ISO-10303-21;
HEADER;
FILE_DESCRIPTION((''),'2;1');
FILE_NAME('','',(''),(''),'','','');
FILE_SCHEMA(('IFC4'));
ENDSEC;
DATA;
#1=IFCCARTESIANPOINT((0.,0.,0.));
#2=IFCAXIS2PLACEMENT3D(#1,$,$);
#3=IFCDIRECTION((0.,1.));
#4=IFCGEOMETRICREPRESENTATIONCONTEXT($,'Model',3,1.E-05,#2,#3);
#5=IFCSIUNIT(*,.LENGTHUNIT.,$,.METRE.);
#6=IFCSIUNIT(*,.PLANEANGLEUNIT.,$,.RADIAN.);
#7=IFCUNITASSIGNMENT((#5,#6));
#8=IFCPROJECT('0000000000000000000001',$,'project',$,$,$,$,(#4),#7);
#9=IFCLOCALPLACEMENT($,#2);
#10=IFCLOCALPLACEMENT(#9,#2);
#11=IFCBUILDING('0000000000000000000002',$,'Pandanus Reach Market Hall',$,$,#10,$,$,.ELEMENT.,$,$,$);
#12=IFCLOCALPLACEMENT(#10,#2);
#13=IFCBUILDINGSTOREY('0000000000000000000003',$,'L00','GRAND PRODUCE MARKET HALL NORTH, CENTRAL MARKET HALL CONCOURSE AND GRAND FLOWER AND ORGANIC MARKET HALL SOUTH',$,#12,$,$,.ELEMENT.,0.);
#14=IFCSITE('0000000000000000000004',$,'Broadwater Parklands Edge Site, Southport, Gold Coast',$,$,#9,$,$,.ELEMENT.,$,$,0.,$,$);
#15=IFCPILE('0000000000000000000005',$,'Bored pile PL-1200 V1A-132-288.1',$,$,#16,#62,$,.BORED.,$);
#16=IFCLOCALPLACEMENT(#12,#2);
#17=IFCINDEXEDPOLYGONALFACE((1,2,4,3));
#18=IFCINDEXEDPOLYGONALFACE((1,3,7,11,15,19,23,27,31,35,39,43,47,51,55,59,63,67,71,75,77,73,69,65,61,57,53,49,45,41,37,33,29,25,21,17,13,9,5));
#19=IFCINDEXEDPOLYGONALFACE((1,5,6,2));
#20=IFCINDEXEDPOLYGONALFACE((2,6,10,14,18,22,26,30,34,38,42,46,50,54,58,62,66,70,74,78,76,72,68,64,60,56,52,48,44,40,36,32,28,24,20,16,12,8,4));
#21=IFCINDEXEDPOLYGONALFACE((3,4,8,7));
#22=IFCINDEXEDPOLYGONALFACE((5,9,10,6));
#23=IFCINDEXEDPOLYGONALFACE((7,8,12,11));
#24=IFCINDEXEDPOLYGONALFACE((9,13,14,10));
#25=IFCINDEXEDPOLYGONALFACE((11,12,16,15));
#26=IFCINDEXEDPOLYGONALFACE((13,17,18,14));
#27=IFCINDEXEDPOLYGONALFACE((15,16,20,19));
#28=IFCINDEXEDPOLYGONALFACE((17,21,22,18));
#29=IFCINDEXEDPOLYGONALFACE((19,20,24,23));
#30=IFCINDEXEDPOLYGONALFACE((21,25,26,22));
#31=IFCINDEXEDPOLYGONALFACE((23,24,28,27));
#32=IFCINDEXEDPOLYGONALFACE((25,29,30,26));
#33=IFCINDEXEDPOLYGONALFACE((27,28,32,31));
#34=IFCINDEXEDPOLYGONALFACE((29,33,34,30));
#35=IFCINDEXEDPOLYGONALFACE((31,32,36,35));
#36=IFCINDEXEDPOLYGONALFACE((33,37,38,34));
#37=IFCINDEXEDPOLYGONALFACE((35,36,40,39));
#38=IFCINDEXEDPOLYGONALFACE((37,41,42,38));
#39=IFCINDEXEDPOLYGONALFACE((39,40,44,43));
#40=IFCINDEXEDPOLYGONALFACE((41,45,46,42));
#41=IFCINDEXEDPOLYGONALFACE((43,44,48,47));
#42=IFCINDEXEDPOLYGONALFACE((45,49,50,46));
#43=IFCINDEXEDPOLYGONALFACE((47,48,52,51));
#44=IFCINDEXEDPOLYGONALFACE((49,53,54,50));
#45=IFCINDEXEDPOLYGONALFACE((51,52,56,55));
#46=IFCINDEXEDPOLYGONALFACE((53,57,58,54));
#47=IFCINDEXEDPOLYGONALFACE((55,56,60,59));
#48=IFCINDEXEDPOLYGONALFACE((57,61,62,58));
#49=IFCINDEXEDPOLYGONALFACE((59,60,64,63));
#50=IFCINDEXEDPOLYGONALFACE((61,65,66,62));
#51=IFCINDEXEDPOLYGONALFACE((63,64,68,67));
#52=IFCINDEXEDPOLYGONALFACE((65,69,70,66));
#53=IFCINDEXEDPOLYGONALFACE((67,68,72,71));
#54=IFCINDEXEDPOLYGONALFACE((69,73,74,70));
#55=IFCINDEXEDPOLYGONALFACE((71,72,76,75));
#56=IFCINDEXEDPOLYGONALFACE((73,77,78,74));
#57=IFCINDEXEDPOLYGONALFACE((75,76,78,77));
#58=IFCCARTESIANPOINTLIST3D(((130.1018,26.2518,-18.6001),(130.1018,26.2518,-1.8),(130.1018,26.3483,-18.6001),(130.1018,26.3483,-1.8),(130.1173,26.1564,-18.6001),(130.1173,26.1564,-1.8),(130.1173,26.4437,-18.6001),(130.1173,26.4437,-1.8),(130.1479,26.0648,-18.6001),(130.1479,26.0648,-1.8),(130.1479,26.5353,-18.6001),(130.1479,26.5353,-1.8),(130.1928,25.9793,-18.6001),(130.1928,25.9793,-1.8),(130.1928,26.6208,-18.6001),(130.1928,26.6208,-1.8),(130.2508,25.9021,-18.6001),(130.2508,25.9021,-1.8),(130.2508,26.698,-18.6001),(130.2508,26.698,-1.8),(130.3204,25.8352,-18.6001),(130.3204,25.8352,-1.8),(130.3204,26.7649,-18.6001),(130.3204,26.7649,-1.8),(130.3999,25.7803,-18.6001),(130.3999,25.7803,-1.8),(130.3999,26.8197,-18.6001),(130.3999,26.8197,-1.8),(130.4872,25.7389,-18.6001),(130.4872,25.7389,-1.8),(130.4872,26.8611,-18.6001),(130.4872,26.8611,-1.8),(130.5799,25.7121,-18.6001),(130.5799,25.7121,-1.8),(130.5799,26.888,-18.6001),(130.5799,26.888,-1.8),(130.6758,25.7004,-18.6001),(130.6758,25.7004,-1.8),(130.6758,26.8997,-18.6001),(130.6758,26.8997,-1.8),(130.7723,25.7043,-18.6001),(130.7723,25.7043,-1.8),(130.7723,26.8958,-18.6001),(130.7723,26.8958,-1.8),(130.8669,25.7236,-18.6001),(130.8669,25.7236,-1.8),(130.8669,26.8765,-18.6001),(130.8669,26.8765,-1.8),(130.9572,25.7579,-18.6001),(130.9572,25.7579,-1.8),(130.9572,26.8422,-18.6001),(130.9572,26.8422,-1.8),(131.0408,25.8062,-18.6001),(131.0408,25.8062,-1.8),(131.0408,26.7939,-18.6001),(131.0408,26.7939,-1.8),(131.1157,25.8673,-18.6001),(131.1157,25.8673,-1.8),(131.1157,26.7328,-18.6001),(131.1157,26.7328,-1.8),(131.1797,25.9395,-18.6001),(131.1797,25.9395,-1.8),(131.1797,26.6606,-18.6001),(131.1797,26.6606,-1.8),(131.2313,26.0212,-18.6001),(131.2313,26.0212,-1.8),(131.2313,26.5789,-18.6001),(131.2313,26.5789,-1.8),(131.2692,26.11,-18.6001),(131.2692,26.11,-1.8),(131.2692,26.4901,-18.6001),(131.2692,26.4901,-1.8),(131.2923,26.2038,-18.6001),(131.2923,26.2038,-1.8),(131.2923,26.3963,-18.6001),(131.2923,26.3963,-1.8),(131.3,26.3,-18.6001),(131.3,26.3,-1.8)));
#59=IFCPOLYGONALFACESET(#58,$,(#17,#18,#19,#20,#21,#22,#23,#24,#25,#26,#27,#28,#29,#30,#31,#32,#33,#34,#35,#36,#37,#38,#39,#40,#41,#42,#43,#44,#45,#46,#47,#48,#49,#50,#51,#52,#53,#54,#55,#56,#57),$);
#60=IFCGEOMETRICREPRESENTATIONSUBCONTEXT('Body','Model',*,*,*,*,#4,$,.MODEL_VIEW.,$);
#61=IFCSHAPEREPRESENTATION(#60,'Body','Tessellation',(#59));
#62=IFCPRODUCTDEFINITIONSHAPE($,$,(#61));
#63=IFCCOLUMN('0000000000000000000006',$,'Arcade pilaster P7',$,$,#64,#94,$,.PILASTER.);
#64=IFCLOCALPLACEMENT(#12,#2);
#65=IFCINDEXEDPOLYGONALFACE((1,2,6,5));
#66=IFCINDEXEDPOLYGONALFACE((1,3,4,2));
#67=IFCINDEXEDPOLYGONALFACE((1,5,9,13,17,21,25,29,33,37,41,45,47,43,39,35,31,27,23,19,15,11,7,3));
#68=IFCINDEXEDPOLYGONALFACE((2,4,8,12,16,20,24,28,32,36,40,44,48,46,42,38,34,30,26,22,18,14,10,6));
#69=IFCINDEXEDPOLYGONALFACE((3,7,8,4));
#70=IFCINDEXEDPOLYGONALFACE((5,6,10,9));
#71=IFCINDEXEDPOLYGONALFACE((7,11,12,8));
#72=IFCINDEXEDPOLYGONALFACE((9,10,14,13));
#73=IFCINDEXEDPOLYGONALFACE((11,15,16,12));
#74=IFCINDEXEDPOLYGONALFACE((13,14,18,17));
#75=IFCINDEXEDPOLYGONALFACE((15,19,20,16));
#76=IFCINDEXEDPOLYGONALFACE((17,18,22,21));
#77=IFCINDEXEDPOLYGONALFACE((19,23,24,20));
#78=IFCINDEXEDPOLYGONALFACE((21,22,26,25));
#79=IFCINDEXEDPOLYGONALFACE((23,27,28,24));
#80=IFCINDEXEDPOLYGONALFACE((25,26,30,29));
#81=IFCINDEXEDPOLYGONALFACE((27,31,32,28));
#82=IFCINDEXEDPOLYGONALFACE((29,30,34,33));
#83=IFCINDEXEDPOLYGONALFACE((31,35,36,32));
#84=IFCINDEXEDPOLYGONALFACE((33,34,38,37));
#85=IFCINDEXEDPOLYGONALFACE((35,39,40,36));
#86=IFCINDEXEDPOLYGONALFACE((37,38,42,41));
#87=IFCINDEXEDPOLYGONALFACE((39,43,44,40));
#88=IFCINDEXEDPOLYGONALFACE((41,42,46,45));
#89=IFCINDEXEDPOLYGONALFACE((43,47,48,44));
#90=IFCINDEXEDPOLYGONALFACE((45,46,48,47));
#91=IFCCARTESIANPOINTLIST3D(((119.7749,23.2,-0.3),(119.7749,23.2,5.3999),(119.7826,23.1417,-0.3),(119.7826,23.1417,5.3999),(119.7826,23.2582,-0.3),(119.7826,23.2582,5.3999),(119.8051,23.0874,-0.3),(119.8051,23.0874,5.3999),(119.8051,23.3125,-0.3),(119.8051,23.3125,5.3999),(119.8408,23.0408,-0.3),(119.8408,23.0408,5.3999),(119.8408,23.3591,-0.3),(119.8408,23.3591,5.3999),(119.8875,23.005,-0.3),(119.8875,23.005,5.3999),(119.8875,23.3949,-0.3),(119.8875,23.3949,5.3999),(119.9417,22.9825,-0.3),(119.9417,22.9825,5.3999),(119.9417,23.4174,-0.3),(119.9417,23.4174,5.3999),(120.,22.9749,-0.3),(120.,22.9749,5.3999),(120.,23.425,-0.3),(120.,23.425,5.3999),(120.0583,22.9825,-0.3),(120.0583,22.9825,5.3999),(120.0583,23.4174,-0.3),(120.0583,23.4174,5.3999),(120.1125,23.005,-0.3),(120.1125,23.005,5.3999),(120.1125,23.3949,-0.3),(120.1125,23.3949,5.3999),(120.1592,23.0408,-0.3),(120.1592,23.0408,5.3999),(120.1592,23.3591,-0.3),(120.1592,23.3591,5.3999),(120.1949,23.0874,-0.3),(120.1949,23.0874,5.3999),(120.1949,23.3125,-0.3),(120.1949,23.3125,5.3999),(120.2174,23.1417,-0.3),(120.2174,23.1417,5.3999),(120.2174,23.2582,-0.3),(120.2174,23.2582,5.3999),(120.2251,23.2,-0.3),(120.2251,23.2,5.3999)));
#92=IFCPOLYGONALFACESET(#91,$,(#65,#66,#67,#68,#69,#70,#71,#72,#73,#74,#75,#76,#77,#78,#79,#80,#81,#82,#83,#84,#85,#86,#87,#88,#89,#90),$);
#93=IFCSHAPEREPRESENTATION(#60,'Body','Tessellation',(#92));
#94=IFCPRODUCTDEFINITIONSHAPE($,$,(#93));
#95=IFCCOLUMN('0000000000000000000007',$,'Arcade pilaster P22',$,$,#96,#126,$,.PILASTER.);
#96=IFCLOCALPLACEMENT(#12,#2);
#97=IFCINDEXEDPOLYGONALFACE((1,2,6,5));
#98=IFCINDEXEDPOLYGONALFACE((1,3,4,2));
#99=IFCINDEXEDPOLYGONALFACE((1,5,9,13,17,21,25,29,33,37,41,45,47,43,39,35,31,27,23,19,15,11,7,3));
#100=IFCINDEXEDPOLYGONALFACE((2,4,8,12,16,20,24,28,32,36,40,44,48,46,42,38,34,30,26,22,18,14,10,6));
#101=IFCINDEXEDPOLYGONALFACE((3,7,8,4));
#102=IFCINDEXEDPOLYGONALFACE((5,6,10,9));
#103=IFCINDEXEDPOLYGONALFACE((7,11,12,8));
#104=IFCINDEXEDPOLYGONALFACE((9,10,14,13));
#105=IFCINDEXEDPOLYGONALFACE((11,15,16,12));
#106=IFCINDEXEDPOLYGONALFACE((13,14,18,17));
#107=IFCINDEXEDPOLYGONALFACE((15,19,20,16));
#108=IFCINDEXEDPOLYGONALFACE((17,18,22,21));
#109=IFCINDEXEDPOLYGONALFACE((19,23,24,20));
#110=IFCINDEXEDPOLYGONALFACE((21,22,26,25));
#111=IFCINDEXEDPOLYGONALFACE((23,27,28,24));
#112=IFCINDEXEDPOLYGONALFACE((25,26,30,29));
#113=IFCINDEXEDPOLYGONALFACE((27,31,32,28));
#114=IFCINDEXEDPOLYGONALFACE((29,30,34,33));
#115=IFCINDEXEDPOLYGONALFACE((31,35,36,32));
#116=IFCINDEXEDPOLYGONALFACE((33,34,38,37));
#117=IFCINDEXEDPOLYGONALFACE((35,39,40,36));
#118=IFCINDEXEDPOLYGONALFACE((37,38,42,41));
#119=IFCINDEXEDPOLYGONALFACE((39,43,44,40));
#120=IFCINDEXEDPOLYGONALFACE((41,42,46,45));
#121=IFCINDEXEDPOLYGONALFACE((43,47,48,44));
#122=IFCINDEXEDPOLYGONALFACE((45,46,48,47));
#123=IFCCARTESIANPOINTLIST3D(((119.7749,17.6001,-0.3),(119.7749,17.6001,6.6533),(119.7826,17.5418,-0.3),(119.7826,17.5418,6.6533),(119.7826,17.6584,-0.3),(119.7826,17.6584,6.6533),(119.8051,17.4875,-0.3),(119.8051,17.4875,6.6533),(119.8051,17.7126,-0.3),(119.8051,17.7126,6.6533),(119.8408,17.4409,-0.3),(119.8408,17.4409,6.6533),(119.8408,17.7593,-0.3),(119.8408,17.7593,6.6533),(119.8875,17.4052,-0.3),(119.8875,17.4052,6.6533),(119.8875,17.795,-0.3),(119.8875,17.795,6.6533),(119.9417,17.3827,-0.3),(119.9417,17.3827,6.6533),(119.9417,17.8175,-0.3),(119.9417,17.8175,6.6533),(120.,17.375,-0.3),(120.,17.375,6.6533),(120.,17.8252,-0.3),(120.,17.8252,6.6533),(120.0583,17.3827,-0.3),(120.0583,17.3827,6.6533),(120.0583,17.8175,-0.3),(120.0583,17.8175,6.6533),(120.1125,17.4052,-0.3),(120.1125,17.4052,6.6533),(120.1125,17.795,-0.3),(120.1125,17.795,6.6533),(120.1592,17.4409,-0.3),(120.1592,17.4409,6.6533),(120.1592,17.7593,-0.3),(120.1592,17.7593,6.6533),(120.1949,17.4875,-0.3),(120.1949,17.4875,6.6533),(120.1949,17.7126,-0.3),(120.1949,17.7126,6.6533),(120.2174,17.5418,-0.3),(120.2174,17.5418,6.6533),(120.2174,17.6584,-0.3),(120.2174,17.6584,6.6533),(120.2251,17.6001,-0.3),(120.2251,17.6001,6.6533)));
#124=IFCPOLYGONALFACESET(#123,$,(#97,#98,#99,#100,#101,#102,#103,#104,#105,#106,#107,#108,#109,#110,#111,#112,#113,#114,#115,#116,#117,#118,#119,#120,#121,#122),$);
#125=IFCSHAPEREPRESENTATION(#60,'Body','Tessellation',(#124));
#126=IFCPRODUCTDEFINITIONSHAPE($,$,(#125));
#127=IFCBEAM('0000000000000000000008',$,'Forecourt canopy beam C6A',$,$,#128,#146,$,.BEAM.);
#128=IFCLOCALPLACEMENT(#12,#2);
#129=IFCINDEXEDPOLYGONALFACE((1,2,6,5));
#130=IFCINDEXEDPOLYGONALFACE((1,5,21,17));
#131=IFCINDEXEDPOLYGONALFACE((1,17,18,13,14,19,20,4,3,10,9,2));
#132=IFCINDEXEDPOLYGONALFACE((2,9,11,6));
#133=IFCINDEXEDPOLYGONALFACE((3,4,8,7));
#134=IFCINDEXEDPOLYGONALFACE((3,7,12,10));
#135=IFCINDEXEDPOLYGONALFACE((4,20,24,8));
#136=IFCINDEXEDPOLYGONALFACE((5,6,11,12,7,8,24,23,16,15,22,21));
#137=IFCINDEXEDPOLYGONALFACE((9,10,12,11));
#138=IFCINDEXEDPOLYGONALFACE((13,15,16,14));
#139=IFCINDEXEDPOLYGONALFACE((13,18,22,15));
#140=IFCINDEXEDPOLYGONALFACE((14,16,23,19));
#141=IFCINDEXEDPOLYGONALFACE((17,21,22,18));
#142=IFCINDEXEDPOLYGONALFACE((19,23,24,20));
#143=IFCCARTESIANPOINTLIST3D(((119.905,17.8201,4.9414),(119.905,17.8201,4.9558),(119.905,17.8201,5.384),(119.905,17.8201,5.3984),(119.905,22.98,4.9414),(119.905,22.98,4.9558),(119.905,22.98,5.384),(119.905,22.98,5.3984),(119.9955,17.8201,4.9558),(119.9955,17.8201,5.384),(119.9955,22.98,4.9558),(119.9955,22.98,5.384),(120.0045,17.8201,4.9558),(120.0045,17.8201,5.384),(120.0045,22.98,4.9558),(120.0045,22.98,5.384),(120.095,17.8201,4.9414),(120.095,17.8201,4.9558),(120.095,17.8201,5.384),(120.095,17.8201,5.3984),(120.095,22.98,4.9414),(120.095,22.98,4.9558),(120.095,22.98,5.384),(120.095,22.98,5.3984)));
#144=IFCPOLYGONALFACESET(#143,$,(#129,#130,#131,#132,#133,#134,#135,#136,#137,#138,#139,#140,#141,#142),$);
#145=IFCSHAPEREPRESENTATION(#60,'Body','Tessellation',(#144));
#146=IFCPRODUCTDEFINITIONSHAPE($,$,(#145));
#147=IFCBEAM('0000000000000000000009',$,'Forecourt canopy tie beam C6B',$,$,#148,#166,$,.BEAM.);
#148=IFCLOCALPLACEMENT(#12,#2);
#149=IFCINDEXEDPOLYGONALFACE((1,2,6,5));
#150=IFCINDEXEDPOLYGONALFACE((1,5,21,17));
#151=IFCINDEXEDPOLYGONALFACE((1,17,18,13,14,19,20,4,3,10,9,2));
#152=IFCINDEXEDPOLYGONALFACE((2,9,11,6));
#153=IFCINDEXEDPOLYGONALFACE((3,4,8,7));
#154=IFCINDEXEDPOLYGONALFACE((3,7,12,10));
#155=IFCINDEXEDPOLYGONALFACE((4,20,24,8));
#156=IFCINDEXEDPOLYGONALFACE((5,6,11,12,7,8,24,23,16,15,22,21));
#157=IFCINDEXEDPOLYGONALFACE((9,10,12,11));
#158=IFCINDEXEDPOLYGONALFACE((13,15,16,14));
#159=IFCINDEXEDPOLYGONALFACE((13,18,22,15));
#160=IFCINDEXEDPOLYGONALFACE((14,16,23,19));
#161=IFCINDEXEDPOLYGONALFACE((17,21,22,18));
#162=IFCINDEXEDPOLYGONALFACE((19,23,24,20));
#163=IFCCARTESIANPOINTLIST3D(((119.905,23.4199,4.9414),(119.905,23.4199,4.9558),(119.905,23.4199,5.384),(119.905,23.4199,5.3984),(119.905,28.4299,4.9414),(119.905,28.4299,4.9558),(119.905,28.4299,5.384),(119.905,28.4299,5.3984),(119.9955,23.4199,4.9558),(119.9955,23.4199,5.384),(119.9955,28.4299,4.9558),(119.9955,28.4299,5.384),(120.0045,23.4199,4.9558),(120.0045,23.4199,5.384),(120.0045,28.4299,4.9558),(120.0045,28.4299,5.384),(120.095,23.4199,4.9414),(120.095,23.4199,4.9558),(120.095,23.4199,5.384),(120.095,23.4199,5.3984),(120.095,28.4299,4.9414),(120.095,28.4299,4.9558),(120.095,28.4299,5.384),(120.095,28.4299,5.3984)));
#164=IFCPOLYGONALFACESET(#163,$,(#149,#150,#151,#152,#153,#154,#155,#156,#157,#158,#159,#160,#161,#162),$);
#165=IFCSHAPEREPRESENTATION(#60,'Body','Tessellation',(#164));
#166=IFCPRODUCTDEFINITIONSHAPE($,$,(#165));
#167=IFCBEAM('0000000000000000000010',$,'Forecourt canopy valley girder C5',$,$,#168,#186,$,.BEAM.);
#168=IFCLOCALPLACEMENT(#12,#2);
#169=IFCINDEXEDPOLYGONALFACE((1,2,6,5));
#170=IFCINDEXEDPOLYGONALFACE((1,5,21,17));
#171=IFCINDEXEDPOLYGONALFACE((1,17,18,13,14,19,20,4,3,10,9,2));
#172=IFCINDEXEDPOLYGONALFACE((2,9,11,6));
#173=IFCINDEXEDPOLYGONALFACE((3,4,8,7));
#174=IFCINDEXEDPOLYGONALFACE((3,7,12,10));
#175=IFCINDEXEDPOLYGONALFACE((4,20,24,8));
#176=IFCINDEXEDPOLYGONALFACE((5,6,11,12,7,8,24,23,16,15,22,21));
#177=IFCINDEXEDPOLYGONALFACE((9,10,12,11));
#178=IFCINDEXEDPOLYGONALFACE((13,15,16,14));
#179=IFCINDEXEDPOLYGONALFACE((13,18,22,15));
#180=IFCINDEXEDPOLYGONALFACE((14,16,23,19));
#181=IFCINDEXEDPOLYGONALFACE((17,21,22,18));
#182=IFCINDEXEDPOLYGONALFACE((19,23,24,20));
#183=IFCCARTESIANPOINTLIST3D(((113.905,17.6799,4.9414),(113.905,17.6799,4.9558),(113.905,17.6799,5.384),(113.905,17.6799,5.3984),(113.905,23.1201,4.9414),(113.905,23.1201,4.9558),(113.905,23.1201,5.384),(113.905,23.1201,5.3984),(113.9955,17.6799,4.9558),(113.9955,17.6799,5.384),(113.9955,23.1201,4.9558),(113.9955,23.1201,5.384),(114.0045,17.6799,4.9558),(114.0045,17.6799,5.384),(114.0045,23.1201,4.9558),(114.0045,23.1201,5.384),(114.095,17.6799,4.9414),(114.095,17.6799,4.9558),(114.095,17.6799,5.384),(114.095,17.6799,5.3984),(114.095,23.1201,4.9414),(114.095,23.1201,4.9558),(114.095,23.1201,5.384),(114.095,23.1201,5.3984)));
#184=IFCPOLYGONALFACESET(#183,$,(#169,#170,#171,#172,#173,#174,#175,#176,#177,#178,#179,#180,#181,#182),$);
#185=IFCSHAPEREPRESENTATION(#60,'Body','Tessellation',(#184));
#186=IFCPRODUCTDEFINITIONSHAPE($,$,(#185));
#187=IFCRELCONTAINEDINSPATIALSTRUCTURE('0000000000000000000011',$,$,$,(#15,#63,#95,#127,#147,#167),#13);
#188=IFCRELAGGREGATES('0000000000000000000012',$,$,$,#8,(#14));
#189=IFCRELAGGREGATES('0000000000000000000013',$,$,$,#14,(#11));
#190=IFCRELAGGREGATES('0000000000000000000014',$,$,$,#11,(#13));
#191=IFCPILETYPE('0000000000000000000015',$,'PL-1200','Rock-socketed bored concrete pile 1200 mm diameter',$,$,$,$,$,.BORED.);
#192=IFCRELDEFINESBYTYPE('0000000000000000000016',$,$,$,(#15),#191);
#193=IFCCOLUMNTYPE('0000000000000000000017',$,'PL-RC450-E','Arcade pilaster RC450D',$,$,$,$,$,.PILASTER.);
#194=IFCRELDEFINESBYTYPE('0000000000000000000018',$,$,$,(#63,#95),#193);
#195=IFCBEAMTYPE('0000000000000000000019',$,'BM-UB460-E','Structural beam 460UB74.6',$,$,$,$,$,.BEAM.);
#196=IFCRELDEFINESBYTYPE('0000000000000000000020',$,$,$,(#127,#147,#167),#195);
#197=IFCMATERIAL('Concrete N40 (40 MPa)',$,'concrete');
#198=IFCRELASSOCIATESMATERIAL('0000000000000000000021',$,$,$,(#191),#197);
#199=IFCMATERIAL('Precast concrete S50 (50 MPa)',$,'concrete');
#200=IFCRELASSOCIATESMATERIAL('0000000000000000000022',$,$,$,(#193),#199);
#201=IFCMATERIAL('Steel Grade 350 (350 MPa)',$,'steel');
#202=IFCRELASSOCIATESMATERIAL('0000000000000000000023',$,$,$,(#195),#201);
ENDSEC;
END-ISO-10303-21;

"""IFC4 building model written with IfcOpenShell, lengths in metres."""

from ifc_helpers import new_model, si_unit, direction, frame, origin, origin_2d, place, context, subcontext, project, spatial, circle, i_section, extrude, material, material_profile, profile_set, type_object, element, save


model = new_model("IFC4")

# Units and contexts
model_context = context("Model", 3, precision=1e-05, world=origin(), true_north=direction((0.0, 1.0)))
body_context = subcontext(model_context, "Body", "Model", "MODEL_VIEW")
ifc_project = project(units=[si_unit("LENGTHUNIT", "METRE"), si_unit("PLANEANGLEUNIT", "RADIAN")], contexts=[model_context])

# Site, building, storey
site_placement = place(None, origin())
site = spatial("IfcSite", under=ifc_project, at=site_placement, Name="Broadwater Parklands Edge Site, Southport, Gold Coast", CompositionType="ELEMENT", RefElevation=0.0)
building_placement = place(site_placement, origin())
building = spatial("IfcBuilding", under=site, at=building_placement, Name="Pandanus Reach Market Hall", CompositionType="ELEMENT")
storey_placement = place(building_placement, origin())
storey = spatial("IfcBuildingStorey", under=building, at=storey_placement, Name="L00", Description="GRAND PRODUCE MARKET HALL NORTH, CENTRAL MARKET HALL CONCOURSE AND GRAND FLOWER AND ORGANIC MARKET HALL SOUTH", CompositionType="ELEMENT", Elevation=0.0)

# Shared definitions
ifc_material_1 = material(Name="Concrete N40 (40 MPa)", Category="concrete")

# Pile
ifc_material_profile_1 = material_profile(ifc_material_1, circle(Radius=0.6001, at=origin_2d()), Name="PILE-1200D", Category="LoadBearing")
ifc_profile_set_1 = profile_set([ifc_material_profile_1], Name="Concrete N40 (40 MPa)")
pile_type = type_object("IfcPileType", Name="PL-1200", Description="Rock-socketed bored concrete pile 1200 mm diameter", PredefinedType="BORED", material=ifc_profile_set_1)
for number, where, z_axis, x_axis, name in (
    (1, (130.7, 26.3, -1.8), (0.0, 0.0, -1.0), (1.0, 0.0, 0.0), "Bored pile PL-1200 V1A-132-288.1"),
):
    element("IfcPile", number, at=place(storey_placement, frame(where, z_axis=z_axis, x_axis=x_axis)), inside=storey, type_object=pile_type, Name=name, PredefinedType="BORED", context=body_context, shape_type="SweptSolid", body=[
        extrude(circle(Radius=0.6001, at=origin_2d()), origin(), (0.0, 0.0, 1.0), 16.8),
    ])

# Columns
ifc_material_2 = material(Name="Precast concrete S50 (50 MPa)", Category="concrete")
ifc_material_profile_2 = material_profile(ifc_material_2, circle(Radius=0.2251, at=origin_2d()), Name="RC450D", Category="LoadBearing")
ifc_profile_set_2 = profile_set([ifc_material_profile_2], Name="Precast concrete S50 (50 MPa)")
column_type = type_object("IfcColumnType", Name="PL-RC450-E", Description="Arcade pilaster RC450D", PredefinedType="PILASTER", material=ifc_profile_set_2)
column_1_placement = place(storey_placement, frame((120.0, 23.2, -0.3), z_axis=(0.0, 0.0, 1.0), x_axis=(1.0, 0.0, 0.0)))
element("IfcColumn", 2, at=column_1_placement, inside=storey, type_object=column_type, Name="Arcade pilaster P7", PredefinedType="PILASTER", context=body_context, shape_type="SweptSolid", body=[
    extrude(circle(Radius=0.2251, at=origin_2d()), origin(), (0.0, 0.0, 1.0), 5.7),
])
column_2_placement = place(storey_placement, frame((120.0, 17.6001, -0.3), z_axis=(0.0, 0.0, 1.0), x_axis=(1.0, 0.0, 0.0)))
element("IfcColumn", 3, at=column_2_placement, inside=storey, type_object=column_type, Name="Arcade pilaster P22", PredefinedType="PILASTER", context=body_context, shape_type="SweptSolid", body=[
    extrude(circle(Radius=0.2251, at=origin_2d()), origin(), (0.0, 0.0, 1.0), 6.9534),
])

# Beams
ifc_material_3 = material(Name="Steel Grade 350 (350 MPa)", Category="steel")
ifc_material_profile_3 = material_profile(ifc_material_3, i_section(OverallWidth=0.1899, OverallDepth=0.457, WebThickness=0.009, FlangeThickness=0.0144, at=origin_2d()), Name="460UB74.6", Category="LoadBearing")
ifc_profile_set_3 = profile_set([ifc_material_profile_3], Name="Steel Grade 350 (350 MPa)")
beam_type = type_object("IfcBeamType", Name="BM-UB460-E", Description="Structural beam 460UB74.6", PredefinedType="BEAM", material=ifc_profile_set_3)
beam_1_placement = place(storey_placement, frame((120.0, 17.8201, 5.1699), z_axis=(0.0, 1.0, 0.0), x_axis=(-1.0, 0.0, 0.0)))
element("IfcBeam", 4, at=beam_1_placement, inside=storey, type_object=beam_type, Name="Forecourt canopy beam C6A", PredefinedType="BEAM", context=body_context, shape_type="SweptSolid", body=[
    extrude(i_section(OverallWidth=0.1899, OverallDepth=0.457, WebThickness=0.009, FlangeThickness=0.0144, at=origin_2d()), origin(), (0.0, 0.0, 1.0), 5.1599),
])
beam_2_placement = place(storey_placement, frame((120.0, 23.4199, 5.1699), z_axis=(0.0, 1.0, 0.0), x_axis=(-1.0, 0.0, 0.0)))
element("IfcBeam", 5, at=beam_2_placement, inside=storey, type_object=beam_type, Name="Forecourt canopy tie beam C6B", PredefinedType="BEAM", context=body_context, shape_type="SweptSolid", body=[
    extrude(i_section(OverallWidth=0.1899, OverallDepth=0.457, WebThickness=0.009, FlangeThickness=0.0144, at=origin_2d()), origin(), (0.0, 0.0, 1.0), 5.01),
])
beam_3_placement = place(storey_placement, frame((114.0, 17.6799, 5.1699), z_axis=(0.0, 1.0, 0.0), x_axis=(-1.0, 0.0, 0.0)))
element("IfcBeam", 6, at=beam_3_placement, inside=storey, type_object=beam_type, Name="Forecourt canopy valley girder C5", PredefinedType="BEAM", context=body_context, shape_type="SweptSolid", body=[
    extrude(i_section(OverallWidth=0.1899, OverallDepth=0.457, WebThickness=0.009, FlangeThickness=0.0144, at=origin_2d()), origin(), (0.0, 0.0, 1.0), 5.4402),
])

save(model, "model.ifc")
